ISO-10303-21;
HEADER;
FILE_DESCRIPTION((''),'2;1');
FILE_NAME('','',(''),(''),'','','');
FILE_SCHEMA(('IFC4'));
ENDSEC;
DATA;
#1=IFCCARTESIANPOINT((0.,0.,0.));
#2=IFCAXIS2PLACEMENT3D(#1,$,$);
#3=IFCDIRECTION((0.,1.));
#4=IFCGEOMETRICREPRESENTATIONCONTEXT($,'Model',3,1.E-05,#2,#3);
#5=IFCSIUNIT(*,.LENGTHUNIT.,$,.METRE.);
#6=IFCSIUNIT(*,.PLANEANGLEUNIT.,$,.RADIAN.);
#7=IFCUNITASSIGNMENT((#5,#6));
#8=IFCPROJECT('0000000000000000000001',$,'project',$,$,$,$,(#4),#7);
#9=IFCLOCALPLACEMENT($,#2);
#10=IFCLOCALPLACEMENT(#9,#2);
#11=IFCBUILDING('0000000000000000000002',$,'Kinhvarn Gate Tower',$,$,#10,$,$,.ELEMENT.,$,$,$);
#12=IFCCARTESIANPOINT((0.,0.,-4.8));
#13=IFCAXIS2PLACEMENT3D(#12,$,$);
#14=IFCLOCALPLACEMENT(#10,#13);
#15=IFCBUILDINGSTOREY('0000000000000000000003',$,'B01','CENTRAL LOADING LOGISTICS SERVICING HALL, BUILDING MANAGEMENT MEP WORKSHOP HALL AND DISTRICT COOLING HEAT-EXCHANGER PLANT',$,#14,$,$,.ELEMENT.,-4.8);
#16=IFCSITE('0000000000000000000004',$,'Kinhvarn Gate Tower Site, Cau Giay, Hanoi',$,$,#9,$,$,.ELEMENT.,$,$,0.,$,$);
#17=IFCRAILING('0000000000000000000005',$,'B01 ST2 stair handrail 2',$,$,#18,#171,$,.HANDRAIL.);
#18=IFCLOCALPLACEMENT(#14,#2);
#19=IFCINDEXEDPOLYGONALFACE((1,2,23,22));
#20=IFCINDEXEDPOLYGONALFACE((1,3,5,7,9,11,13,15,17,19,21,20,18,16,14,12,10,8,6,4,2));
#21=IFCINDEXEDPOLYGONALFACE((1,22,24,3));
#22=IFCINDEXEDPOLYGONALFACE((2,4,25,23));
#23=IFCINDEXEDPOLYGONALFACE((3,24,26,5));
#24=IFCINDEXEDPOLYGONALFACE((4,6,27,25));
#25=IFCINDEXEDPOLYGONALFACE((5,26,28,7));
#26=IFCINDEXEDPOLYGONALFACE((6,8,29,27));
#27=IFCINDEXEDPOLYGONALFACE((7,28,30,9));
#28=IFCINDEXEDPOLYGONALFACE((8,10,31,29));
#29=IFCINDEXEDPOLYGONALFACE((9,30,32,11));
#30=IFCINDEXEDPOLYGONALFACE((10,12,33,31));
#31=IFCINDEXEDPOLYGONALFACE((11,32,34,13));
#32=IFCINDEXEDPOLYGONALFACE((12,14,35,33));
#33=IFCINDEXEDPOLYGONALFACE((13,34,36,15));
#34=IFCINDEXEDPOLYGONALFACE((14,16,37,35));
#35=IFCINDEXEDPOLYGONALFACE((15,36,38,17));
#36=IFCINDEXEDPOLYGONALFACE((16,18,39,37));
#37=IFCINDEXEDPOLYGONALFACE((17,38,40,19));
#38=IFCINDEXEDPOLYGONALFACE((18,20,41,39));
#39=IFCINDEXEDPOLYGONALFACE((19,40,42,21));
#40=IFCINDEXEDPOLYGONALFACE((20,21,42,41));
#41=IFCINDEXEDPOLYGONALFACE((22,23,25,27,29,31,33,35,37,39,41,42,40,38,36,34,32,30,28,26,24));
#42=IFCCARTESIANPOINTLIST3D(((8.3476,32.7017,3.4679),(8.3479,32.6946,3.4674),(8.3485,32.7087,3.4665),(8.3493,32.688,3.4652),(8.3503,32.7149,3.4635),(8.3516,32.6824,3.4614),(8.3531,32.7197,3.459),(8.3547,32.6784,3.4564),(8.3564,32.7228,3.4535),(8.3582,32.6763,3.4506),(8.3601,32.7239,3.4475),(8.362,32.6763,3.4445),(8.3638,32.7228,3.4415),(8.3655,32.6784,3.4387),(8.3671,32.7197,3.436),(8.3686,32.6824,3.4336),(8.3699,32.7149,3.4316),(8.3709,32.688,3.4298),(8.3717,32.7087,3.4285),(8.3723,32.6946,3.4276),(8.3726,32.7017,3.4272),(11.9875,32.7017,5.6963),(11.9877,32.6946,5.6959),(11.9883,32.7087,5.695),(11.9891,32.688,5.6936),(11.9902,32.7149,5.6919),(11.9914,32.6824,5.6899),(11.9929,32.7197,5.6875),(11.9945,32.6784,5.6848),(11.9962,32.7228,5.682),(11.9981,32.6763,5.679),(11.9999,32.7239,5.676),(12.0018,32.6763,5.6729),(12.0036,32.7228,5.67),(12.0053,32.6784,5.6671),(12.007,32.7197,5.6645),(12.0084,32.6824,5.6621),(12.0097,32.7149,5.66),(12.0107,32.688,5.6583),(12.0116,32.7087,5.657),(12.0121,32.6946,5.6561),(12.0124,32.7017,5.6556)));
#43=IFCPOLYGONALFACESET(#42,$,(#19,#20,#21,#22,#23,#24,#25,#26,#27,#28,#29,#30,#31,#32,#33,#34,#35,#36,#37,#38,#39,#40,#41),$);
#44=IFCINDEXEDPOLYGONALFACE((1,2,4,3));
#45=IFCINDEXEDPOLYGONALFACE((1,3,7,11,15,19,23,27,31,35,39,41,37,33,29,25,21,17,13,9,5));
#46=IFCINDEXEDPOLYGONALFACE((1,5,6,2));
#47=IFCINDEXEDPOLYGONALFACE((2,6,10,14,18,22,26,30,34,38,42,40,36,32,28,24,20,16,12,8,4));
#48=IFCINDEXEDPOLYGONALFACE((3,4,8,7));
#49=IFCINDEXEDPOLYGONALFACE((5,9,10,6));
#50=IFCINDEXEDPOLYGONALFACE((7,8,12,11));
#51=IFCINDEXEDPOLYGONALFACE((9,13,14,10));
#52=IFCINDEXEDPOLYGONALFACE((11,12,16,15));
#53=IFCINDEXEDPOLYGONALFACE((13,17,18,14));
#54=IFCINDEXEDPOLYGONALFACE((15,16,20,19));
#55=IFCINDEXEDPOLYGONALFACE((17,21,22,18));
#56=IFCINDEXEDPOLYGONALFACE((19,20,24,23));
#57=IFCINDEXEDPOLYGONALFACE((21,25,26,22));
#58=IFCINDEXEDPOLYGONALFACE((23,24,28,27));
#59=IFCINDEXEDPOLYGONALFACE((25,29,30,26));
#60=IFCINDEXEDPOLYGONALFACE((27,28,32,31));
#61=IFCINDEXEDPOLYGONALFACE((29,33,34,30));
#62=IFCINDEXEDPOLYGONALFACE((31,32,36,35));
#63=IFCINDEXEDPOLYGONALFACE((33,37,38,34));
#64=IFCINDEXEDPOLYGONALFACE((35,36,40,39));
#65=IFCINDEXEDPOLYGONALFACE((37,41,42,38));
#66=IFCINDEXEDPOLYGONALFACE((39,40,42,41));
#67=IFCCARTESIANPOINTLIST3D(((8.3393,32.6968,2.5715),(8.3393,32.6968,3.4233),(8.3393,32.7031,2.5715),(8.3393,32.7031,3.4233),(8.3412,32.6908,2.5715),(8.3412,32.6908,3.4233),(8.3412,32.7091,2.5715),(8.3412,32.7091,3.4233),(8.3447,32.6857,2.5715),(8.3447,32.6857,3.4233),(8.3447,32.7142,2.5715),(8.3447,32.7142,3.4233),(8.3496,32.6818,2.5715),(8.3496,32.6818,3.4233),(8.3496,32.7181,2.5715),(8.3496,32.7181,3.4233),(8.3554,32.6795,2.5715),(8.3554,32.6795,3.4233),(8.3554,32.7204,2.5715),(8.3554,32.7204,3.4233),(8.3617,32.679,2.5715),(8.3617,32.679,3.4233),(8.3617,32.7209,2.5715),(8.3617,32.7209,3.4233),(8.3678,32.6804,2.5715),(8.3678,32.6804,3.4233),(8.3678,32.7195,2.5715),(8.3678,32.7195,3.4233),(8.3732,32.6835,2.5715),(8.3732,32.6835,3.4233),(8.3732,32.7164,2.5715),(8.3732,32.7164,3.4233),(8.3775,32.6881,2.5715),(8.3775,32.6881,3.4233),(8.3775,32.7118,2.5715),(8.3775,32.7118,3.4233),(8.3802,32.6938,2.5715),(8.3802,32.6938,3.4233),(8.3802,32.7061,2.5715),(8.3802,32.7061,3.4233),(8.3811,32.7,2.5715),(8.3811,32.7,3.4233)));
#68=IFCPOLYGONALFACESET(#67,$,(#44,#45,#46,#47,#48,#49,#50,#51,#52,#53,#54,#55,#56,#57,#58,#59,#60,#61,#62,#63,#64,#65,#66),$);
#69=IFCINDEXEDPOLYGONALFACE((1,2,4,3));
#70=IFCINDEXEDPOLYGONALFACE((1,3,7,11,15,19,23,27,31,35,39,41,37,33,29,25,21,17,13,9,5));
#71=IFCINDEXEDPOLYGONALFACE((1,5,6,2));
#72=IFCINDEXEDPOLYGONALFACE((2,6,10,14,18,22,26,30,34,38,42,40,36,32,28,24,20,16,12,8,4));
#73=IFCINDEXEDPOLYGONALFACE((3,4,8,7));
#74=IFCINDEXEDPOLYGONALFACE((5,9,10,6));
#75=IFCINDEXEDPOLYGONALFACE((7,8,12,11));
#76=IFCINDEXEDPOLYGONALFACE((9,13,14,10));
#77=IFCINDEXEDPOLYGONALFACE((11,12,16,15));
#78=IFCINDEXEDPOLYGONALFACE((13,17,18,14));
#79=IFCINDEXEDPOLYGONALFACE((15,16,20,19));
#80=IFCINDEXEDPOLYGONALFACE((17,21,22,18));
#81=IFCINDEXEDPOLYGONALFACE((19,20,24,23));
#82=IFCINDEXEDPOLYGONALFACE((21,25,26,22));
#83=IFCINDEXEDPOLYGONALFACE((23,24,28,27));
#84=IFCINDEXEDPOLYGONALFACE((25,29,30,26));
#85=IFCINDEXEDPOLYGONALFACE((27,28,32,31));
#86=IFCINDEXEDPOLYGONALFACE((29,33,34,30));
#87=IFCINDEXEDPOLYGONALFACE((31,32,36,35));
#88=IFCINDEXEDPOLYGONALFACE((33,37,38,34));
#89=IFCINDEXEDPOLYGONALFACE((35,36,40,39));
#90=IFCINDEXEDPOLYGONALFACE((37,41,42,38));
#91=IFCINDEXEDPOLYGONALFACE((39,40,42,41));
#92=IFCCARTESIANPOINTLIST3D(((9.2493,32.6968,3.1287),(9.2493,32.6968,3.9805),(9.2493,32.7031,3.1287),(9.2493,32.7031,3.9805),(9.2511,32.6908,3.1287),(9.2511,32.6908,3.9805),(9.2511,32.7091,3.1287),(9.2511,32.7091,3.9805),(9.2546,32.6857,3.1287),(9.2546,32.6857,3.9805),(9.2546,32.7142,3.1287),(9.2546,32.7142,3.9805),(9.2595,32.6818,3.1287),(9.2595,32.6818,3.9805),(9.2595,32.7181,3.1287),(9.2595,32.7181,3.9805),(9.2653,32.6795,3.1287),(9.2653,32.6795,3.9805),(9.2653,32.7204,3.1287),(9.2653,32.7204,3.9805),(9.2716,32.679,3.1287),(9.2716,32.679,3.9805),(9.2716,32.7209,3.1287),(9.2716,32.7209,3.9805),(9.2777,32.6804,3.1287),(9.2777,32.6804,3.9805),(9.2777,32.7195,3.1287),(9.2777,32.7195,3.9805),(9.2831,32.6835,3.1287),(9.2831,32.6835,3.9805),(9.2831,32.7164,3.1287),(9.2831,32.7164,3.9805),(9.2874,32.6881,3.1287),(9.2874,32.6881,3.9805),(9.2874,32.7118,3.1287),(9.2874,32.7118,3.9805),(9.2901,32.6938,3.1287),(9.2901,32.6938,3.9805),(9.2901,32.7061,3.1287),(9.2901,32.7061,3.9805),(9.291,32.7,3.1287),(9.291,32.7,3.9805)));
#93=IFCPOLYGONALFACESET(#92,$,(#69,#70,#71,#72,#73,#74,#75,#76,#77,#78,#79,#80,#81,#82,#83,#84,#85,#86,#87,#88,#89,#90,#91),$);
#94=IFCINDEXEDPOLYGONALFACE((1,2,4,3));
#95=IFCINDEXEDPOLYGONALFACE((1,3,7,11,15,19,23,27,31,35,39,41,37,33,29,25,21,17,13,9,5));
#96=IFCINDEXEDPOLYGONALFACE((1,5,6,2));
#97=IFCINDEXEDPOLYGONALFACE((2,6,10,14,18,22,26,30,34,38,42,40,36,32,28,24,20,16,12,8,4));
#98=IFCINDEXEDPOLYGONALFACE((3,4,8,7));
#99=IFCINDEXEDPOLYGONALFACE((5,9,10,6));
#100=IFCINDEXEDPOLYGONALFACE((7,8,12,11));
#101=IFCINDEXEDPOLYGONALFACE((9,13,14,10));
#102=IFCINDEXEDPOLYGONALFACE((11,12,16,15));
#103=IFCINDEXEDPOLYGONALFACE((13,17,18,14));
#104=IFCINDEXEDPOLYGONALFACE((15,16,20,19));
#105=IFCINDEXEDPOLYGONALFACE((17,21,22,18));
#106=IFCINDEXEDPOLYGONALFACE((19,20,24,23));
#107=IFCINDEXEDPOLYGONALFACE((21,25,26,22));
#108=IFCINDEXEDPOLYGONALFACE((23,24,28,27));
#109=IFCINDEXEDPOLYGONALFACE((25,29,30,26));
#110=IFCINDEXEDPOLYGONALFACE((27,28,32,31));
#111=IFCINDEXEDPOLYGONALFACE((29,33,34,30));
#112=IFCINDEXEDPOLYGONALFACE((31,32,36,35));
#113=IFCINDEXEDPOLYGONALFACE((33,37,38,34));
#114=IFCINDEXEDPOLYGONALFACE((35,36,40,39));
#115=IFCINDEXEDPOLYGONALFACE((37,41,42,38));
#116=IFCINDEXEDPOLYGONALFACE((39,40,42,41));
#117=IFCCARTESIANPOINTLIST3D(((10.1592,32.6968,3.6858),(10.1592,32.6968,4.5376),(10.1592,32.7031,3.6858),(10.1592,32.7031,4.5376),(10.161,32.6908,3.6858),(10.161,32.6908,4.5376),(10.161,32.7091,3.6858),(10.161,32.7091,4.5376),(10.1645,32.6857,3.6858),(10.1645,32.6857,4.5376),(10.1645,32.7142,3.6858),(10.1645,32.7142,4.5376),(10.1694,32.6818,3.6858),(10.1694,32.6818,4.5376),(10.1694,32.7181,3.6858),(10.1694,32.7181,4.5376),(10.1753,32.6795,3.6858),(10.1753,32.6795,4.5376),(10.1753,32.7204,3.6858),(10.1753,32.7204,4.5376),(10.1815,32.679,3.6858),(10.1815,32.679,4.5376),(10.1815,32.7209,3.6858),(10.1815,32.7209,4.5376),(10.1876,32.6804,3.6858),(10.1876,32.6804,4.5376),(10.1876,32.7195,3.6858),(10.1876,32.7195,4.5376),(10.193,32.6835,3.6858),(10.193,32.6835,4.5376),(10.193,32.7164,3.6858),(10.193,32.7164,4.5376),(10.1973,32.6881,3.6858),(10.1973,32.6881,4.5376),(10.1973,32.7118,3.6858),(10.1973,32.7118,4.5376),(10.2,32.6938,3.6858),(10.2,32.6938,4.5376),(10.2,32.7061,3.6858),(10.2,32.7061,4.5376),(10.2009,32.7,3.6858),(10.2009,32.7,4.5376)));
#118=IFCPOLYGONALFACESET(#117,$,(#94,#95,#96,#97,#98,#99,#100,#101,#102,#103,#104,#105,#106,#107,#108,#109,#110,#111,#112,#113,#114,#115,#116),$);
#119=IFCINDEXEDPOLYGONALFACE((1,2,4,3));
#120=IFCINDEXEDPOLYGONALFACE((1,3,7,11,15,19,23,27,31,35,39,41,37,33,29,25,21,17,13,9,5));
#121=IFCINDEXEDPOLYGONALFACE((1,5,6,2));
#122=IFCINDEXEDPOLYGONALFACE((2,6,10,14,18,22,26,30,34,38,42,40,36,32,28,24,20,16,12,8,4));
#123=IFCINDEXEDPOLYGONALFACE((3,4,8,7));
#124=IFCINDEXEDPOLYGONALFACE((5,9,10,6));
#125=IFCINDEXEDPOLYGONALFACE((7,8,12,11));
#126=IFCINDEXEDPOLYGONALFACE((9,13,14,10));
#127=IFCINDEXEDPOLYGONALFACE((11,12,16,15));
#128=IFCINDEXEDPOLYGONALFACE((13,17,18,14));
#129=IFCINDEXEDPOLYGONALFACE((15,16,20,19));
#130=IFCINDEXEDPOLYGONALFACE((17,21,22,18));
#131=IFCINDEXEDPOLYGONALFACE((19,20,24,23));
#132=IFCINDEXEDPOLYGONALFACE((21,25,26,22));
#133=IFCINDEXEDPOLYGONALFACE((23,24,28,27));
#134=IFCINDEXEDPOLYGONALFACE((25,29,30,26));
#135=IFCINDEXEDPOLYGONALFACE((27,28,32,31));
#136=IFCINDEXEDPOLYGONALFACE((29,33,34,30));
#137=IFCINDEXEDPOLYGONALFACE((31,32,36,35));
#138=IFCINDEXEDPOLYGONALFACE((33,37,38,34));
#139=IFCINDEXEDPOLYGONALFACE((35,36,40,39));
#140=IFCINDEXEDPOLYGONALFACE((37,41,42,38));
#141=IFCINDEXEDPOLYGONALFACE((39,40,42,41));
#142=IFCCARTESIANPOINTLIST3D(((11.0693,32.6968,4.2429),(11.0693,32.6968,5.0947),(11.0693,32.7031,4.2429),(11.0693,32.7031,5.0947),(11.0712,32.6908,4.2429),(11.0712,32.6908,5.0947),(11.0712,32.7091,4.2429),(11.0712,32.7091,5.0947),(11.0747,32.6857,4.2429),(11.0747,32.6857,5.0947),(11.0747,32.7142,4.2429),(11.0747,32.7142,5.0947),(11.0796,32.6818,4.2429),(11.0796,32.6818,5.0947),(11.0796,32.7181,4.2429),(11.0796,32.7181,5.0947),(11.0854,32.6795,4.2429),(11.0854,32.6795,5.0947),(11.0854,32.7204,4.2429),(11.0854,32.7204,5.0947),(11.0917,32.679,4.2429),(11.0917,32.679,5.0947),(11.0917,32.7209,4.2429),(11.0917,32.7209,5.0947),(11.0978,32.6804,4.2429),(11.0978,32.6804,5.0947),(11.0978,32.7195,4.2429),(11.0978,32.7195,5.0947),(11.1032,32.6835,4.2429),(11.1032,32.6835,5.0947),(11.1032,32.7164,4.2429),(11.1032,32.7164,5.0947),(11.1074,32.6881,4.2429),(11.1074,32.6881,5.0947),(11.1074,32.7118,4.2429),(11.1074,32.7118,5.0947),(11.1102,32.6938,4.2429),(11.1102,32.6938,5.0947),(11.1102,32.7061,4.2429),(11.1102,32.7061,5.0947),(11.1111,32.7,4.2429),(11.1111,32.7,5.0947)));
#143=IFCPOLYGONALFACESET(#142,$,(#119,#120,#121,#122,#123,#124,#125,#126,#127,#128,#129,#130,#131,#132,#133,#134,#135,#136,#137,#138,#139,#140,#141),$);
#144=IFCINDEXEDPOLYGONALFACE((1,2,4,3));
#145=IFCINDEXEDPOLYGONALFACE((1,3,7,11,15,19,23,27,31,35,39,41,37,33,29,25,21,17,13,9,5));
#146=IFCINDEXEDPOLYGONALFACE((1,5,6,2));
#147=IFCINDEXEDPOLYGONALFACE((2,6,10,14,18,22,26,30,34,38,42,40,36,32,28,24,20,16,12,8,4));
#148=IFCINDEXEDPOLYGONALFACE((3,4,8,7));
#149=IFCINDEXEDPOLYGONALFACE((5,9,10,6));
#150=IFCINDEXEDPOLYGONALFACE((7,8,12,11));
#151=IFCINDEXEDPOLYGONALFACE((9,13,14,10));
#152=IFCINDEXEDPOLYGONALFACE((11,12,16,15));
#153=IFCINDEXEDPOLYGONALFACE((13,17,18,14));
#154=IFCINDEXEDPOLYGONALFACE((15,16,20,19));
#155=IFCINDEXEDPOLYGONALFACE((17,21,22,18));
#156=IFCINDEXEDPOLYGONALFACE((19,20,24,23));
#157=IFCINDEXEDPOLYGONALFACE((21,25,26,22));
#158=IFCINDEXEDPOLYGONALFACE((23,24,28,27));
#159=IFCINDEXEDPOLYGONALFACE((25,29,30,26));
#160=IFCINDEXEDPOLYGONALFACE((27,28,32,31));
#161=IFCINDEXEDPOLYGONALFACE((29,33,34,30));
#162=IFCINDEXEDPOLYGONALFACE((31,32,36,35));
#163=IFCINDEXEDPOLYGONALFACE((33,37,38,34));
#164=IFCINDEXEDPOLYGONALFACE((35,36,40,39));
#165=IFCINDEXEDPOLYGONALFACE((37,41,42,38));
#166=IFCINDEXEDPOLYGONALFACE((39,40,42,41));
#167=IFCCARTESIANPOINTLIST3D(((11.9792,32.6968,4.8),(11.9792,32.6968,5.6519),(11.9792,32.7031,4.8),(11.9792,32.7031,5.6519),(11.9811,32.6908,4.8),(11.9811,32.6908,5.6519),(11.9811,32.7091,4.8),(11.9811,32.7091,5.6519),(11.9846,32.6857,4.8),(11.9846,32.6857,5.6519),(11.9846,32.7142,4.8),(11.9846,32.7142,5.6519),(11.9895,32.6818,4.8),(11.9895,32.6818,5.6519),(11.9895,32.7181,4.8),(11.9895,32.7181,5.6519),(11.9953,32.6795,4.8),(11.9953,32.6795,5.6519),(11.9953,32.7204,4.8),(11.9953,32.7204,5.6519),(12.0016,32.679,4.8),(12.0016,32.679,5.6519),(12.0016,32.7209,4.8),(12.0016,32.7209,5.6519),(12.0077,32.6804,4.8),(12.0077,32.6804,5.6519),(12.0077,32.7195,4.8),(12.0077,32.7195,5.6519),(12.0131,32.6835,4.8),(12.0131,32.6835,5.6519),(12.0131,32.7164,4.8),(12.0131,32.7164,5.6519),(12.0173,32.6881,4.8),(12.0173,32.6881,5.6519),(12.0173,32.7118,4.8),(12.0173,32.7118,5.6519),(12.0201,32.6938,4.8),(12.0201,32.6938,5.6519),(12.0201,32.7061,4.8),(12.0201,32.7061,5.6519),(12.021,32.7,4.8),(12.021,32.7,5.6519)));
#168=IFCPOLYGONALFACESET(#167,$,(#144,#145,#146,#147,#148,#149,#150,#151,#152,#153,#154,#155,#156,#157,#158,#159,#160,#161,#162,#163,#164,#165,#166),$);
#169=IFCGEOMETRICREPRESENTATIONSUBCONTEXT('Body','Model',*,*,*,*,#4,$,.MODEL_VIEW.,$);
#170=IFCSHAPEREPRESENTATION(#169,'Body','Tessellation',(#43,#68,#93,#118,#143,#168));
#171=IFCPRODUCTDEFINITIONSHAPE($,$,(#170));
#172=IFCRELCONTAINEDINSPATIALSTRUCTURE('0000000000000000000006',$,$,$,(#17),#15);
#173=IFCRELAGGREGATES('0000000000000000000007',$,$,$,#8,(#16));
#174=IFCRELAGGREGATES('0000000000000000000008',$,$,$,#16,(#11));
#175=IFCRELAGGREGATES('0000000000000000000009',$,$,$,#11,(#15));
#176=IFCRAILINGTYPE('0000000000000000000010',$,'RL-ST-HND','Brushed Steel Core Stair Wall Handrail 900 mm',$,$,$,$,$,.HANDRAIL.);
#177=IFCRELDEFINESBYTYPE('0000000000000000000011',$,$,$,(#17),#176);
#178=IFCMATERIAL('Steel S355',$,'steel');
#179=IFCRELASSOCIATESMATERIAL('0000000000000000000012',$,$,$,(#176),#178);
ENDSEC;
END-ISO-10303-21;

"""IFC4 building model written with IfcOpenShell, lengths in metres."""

from ifc_helpers import new_model, si_unit, direction, frame, origin, origin_2d, place, context, subcontext, project, spatial, circle, extrude, material, type_object, element, save


model = new_model("IFC4")

# Units and contexts
model_context = context("Model", 3, precision=1e-05, world=origin(), true_north=direction((0.0, 1.0)))
body_context = subcontext(model_context, "Body", "Model", "MODEL_VIEW")
ifc_project = project(units=[si_unit("LENGTHUNIT", "METRE"), si_unit("PLANEANGLEUNIT", "RADIAN")], contexts=[model_context])

# Site, building, storey
site_placement = place(None, origin())
site = spatial("IfcSite", under=ifc_project, at=site_placement, Name="Kinhvarn Gate Tower Site, Cau Giay, Hanoi", CompositionType="ELEMENT", RefElevation=0.0)
building_placement = place(site_placement, origin())
building = spatial("IfcBuilding", under=site, at=building_placement, Name="Kinhvarn Gate Tower", CompositionType="ELEMENT")
storey_placement = place(building_placement, frame((0.0, 0.0, -4.8)))
storey = spatial("IfcBuildingStorey", under=building, at=storey_placement, Name="B01", Description="CENTRAL LOADING LOGISTICS SERVICING HALL, BUILDING MANAGEMENT MEP WORKSHOP HALL AND DISTRICT COOLING HEAT-EXCHANGER PLANT", CompositionType="ELEMENT", Elevation=-4.8)

# Shared definitions
ifc_material_1 = material(Name="Steel S355", Category="steel")

# Railing
railing_type_1 = type_object("IfcRailingType", Name="RL-ST-HND", Description="Brushed Steel Core Stair Wall Handrail 900 mm", PredefinedType="HANDRAIL", material=ifc_material_1)
railing_1_placement = place(storey_placement, frame((8.3601, 32.7, 2.5715)))
element("IfcRailing", 1, at=railing_1_placement, inside=storey, type_object=railing_type_1, Name="B01 ST2 stair handrail 2", PredefinedType="HANDRAIL", context=body_context, shape_type="SweptSolid", body=[
    extrude(circle(Radius=0.0239, at=origin_2d()), frame((0.0, 0.0, 0.876), z_axis=(0.85285, 0.0, 0.522156), x_axis=(0.0, 1.0, 0.0)), (0.0, 0.0, 1.0), 4.2678),
    extrude(circle(Radius=0.021, at=origin_2d()), origin(), (0.0, 0.0, 1.0), 0.8518),
    extrude(circle(Radius=0.021, at=origin_2d()), frame((0.9099, 0.0, 0.5571)), (0.0, 0.0, 1.0), 0.8518),
    extrude(circle(Radius=0.021, at=origin_2d()), frame((1.8198, 0.0, 1.1143)), (0.0, 0.0, 1.0), 0.8518),
    extrude(circle(Radius=0.021, at=origin_2d()), frame((2.73, 0.0, 1.6714)), (0.0, 0.0, 1.0), 0.8518),
    extrude(circle(Radius=0.021, at=origin_2d()), frame((3.6399, 0.0, 2.2285)), (0.0, 0.0, 1.0), 0.8518),
])

save(model, "model.ifc")
